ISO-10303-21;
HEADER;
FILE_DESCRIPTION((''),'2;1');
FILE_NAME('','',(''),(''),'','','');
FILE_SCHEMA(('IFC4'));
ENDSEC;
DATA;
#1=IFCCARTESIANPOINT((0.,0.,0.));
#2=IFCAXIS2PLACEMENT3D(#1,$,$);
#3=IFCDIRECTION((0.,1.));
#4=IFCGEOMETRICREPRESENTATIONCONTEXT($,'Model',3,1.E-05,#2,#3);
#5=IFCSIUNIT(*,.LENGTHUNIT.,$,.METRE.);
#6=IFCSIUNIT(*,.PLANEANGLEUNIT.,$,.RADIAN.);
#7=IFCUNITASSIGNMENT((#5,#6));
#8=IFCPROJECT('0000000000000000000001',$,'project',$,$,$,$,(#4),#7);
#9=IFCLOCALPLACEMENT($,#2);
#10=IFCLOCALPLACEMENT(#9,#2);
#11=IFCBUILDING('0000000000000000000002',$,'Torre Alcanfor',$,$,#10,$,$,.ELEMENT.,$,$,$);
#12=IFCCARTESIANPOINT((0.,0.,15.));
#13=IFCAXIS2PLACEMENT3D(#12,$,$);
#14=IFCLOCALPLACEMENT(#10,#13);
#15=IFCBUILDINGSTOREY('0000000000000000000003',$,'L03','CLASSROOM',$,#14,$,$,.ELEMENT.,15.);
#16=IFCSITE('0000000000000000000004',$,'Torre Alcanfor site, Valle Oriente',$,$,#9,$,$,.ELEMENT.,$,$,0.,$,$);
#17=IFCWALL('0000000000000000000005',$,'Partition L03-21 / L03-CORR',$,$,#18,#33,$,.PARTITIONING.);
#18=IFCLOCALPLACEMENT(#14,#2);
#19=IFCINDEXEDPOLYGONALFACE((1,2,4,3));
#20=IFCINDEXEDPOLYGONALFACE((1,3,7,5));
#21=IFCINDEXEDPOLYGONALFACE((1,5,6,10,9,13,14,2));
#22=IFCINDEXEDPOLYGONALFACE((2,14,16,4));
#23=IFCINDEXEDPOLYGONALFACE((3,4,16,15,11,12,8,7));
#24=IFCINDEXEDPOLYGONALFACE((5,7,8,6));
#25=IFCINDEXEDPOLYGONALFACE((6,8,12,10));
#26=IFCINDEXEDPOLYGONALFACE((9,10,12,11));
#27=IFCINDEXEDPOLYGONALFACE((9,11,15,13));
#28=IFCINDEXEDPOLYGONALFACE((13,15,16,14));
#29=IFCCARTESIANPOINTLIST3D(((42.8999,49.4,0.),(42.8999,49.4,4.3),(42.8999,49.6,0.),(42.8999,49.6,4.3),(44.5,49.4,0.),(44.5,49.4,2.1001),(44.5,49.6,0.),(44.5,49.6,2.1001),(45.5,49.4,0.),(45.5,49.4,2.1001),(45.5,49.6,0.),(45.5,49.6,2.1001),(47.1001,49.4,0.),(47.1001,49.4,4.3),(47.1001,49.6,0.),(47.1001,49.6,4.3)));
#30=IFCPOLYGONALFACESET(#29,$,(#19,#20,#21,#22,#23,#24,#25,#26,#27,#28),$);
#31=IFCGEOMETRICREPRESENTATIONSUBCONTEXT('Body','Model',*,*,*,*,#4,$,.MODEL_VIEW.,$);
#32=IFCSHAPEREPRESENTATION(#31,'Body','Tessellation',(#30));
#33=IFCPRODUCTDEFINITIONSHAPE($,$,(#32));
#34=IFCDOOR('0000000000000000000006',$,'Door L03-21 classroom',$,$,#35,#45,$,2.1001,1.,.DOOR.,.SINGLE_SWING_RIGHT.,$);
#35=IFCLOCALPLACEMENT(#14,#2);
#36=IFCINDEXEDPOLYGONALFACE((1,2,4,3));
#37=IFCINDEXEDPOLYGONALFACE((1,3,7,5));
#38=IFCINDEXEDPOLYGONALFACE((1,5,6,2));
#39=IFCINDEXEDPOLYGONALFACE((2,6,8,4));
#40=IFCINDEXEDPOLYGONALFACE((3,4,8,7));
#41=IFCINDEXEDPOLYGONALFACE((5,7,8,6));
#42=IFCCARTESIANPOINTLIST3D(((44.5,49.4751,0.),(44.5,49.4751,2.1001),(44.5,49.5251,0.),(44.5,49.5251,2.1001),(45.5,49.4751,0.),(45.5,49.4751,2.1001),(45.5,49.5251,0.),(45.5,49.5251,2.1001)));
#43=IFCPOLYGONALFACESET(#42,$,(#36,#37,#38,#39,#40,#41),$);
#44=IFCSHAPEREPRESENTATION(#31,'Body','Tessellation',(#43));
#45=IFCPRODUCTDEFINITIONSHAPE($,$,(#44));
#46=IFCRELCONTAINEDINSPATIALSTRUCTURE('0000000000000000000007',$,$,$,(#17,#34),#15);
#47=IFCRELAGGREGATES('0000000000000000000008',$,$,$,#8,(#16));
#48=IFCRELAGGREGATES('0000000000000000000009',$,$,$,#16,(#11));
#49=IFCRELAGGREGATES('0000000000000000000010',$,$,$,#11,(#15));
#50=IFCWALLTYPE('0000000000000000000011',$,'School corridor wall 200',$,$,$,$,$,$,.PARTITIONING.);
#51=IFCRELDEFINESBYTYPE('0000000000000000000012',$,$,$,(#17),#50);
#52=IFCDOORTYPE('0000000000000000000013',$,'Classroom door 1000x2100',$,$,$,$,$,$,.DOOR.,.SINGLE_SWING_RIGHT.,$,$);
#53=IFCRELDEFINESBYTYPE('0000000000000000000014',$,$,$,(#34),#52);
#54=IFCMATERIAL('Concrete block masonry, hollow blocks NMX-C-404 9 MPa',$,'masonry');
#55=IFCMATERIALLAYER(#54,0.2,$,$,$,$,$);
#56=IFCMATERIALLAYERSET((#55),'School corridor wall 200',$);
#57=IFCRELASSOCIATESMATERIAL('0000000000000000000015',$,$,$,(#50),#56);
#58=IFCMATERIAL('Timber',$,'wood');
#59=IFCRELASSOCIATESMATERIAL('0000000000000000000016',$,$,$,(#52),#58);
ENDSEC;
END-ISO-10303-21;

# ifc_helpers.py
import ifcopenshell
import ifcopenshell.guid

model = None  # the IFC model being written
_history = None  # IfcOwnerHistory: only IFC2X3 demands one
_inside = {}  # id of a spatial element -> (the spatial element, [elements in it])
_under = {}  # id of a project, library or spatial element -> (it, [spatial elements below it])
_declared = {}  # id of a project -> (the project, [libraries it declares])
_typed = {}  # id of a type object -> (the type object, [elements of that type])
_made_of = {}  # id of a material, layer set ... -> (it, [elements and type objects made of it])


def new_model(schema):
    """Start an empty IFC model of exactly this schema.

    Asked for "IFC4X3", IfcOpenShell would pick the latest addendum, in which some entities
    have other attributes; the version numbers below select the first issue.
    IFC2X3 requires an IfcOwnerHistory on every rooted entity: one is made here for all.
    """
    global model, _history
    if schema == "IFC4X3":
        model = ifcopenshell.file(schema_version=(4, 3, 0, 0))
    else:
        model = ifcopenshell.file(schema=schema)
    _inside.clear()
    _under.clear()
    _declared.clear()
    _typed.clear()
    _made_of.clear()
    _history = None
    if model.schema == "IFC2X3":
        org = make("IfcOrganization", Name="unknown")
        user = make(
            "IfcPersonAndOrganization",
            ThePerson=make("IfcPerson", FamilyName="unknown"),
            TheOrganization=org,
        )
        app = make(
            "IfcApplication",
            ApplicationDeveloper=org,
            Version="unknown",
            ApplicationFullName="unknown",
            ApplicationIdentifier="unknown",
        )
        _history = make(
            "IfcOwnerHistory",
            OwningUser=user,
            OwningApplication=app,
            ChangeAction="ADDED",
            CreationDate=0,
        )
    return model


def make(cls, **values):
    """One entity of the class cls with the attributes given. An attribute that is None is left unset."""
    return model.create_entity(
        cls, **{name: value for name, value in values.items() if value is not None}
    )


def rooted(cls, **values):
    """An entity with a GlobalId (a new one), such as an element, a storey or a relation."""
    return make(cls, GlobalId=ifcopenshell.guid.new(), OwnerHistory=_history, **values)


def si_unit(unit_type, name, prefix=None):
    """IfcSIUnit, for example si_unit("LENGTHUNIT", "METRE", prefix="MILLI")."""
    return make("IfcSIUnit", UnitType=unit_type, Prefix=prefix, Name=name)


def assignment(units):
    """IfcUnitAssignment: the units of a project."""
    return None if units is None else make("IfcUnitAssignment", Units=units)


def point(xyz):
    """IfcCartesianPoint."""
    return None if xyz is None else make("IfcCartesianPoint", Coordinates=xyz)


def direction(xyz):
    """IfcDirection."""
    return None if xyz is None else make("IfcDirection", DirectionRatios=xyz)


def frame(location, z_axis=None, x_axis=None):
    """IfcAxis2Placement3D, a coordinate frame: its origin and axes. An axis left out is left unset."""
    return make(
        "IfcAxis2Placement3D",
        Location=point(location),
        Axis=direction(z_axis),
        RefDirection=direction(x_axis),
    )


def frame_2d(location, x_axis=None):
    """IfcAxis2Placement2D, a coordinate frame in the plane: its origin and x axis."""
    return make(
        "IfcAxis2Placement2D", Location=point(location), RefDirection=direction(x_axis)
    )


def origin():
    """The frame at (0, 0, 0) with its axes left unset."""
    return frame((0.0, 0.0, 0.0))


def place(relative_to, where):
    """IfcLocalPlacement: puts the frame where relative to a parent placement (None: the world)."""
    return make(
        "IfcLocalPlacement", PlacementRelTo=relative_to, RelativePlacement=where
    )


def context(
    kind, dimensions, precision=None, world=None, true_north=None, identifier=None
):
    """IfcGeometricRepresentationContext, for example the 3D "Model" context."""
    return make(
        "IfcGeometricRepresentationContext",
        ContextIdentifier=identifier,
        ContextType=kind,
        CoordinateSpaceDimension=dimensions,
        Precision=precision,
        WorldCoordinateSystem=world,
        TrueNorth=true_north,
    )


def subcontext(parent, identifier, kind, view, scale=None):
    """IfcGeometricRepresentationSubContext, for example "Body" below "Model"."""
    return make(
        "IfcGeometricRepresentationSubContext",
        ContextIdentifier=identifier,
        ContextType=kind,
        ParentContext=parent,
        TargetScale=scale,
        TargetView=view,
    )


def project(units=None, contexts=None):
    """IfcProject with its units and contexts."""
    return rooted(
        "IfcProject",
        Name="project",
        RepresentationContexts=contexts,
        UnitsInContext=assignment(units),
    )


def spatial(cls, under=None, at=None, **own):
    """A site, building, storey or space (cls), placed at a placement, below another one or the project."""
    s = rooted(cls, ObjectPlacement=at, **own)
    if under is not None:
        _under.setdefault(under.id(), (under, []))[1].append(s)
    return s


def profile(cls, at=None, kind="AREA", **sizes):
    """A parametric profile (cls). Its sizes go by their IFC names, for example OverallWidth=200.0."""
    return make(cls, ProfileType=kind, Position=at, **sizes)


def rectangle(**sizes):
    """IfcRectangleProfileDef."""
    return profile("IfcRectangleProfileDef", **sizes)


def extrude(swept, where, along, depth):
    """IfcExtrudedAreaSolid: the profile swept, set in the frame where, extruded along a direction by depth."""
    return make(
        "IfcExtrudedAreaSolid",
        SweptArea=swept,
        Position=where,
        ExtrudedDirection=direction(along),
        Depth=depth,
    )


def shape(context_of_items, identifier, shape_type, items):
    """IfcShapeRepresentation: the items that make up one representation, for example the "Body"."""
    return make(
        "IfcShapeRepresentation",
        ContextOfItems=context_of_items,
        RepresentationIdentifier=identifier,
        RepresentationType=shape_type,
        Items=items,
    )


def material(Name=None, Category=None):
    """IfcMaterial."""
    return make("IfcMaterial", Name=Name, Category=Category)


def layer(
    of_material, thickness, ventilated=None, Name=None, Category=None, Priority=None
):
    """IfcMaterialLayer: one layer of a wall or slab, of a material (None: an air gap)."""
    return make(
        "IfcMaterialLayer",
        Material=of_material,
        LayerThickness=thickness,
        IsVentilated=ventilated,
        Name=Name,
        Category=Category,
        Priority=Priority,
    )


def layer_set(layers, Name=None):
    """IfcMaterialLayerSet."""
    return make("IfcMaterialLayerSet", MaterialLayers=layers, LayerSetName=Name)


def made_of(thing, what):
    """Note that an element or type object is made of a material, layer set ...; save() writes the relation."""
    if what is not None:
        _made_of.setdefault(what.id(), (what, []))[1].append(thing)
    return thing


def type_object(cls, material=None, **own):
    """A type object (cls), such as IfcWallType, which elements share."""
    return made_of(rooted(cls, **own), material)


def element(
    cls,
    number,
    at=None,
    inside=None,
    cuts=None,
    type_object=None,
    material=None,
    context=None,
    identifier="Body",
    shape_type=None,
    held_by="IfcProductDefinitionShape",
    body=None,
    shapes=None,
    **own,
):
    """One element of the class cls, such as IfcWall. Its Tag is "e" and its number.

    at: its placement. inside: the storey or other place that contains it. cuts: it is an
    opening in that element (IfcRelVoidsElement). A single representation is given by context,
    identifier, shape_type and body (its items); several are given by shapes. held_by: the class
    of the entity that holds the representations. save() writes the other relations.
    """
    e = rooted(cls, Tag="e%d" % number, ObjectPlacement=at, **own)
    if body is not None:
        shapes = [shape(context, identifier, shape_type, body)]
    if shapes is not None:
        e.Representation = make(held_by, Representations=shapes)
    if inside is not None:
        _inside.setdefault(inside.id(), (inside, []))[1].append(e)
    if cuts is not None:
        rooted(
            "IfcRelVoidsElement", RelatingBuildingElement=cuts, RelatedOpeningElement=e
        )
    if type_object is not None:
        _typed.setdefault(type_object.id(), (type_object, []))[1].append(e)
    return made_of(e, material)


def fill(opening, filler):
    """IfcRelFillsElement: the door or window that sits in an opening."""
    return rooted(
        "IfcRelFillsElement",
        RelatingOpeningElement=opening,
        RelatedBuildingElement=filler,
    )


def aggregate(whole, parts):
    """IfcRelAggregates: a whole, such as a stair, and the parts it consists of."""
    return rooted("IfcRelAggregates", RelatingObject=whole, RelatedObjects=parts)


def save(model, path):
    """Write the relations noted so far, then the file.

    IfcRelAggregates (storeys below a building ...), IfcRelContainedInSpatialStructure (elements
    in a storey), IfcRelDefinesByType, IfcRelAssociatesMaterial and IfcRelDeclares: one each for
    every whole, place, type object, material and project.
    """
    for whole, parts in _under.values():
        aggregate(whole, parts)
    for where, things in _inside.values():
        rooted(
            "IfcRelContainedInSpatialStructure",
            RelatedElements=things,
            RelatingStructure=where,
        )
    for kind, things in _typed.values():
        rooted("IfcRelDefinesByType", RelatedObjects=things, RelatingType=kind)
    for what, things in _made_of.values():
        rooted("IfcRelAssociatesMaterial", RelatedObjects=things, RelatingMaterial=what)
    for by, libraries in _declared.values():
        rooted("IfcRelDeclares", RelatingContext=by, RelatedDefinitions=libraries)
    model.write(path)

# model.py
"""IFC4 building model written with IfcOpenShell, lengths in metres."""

from ifc_helpers import new_model, si_unit, direction, frame, frame_2d, origin, place, context, subcontext, project, spatial, rectangle, extrude, material, layer, layer_set, type_object, element, fill, save


model = new_model("IFC4")

# Units and contexts
model_context = context("Model", 3, precision=1e-05, world=origin(), true_north=direction((0.0, 1.0)))
body_context = subcontext(model_context, "Body", "Model", "MODEL_VIEW")
ifc_project = project(units=[si_unit("LENGTHUNIT", "METRE"), si_unit("PLANEANGLEUNIT", "RADIAN")], contexts=[model_context])

# Site, building, storey
site_placement = place(None, origin())
site = spatial("IfcSite", under=ifc_project, at=site_placement, Name="Torre Alcanfor site, Valle Oriente", CompositionType="ELEMENT", RefElevation=0.0)
building_placement = place(site_placement, origin())
building = spatial("IfcBuilding", under=site, at=building_placement, Name="Torre Alcanfor", CompositionType="ELEMENT")
storey_placement = place(building_placement, frame((0.0, 0.0, 15.0)))
storey = spatial("IfcBuildingStorey", under=building, at=storey_placement, Name="L03", Description="CLASSROOM", CompositionType="ELEMENT", Elevation=15.0)

# Shared definitions
ifc_material_1 = material(Name="Concrete block masonry, hollow blocks NMX-C-404 9 MPa", Category="masonry")
ifc_layer_1 = layer(ifc_material_1, 0.2)
ifc_layer_set_1 = layer_set([ifc_layer_1], Name="School corridor wall 200")
wall_type_1 = type_object("IfcWallType", Name="School corridor wall 200", PredefinedType="PARTITIONING", material=ifc_layer_set_1)
ifc_material_2 = material(Name="Timber", Category="wood")
door_type = type_object("IfcDoorType", Name="Classroom door 1000x2100", OperationType="SINGLE_SWING_RIGHT", PredefinedType="DOOR", material=ifc_material_2)

# Wall, opening, door
wall_1_placement = place(storey_placement, frame((47.1001, 49.5, 0.0), z_axis=(0.0, 0.0, 1.0), x_axis=(-1.0, 0.0, 0.0)))
wall_1 = element("IfcWall", 1, at=wall_1_placement, inside=storey, type_object=wall_type_1, Name="Partition L03-21 / L03-CORR", PredefinedType="PARTITIONING", context=body_context, shape_type="SweptSolid", body=[
    extrude(rectangle(XDim=4.2002, YDim=0.2, at=frame_2d((2.1001, 0.0))), origin(), (0.0, 0.0, 1.0), 4.3),
])
opening_1_placement = place(wall_1_placement, frame((1.6001, 0.0, 0.0)))
opening_1 = element("IfcOpeningElement", 2, at=opening_1_placement, cuts=wall_1, PredefinedType="OPENING", context=body_context, shape_type="SweptSolid", body=[
    extrude(rectangle(XDim=1.0, YDim=2.1001, at=frame_2d((0.5, 1.05))), frame((0.0, 0.1099, 0.0), z_axis=(0.0, -1.0, 0.0), x_axis=(1.0, 0.0, 0.0)), (0.0, 0.0, 1.0), 0.22),
])
door_1_placement = place(opening_1_placement, frame((1.0, 0.0, 0.0), z_axis=(0.0, 0.0, 1.0), x_axis=(-1.0, 0.0, 0.0)))
door_1 = element("IfcDoor", 3, at=door_1_placement, inside=storey, type_object=door_type, Name="Door L03-21 classroom", OperationType="SINGLE_SWING_RIGHT", OverallHeight=2.1001, OverallWidth=1.0, PredefinedType="DOOR", context=body_context, shape_type="SweptSolid", body=[
    extrude(rectangle(XDim=1.0, YDim=2.1001, at=frame_2d((0.5, 1.05))), frame((0.0, 0.0251, 0.0), z_axis=(0.0, -1.0, 0.0), x_axis=(1.0, 0.0, 0.0)), (0.0, 0.0, 1.0), 0.05),
])
fill(opening_1, door_1)

save(model, "model.ifc")
